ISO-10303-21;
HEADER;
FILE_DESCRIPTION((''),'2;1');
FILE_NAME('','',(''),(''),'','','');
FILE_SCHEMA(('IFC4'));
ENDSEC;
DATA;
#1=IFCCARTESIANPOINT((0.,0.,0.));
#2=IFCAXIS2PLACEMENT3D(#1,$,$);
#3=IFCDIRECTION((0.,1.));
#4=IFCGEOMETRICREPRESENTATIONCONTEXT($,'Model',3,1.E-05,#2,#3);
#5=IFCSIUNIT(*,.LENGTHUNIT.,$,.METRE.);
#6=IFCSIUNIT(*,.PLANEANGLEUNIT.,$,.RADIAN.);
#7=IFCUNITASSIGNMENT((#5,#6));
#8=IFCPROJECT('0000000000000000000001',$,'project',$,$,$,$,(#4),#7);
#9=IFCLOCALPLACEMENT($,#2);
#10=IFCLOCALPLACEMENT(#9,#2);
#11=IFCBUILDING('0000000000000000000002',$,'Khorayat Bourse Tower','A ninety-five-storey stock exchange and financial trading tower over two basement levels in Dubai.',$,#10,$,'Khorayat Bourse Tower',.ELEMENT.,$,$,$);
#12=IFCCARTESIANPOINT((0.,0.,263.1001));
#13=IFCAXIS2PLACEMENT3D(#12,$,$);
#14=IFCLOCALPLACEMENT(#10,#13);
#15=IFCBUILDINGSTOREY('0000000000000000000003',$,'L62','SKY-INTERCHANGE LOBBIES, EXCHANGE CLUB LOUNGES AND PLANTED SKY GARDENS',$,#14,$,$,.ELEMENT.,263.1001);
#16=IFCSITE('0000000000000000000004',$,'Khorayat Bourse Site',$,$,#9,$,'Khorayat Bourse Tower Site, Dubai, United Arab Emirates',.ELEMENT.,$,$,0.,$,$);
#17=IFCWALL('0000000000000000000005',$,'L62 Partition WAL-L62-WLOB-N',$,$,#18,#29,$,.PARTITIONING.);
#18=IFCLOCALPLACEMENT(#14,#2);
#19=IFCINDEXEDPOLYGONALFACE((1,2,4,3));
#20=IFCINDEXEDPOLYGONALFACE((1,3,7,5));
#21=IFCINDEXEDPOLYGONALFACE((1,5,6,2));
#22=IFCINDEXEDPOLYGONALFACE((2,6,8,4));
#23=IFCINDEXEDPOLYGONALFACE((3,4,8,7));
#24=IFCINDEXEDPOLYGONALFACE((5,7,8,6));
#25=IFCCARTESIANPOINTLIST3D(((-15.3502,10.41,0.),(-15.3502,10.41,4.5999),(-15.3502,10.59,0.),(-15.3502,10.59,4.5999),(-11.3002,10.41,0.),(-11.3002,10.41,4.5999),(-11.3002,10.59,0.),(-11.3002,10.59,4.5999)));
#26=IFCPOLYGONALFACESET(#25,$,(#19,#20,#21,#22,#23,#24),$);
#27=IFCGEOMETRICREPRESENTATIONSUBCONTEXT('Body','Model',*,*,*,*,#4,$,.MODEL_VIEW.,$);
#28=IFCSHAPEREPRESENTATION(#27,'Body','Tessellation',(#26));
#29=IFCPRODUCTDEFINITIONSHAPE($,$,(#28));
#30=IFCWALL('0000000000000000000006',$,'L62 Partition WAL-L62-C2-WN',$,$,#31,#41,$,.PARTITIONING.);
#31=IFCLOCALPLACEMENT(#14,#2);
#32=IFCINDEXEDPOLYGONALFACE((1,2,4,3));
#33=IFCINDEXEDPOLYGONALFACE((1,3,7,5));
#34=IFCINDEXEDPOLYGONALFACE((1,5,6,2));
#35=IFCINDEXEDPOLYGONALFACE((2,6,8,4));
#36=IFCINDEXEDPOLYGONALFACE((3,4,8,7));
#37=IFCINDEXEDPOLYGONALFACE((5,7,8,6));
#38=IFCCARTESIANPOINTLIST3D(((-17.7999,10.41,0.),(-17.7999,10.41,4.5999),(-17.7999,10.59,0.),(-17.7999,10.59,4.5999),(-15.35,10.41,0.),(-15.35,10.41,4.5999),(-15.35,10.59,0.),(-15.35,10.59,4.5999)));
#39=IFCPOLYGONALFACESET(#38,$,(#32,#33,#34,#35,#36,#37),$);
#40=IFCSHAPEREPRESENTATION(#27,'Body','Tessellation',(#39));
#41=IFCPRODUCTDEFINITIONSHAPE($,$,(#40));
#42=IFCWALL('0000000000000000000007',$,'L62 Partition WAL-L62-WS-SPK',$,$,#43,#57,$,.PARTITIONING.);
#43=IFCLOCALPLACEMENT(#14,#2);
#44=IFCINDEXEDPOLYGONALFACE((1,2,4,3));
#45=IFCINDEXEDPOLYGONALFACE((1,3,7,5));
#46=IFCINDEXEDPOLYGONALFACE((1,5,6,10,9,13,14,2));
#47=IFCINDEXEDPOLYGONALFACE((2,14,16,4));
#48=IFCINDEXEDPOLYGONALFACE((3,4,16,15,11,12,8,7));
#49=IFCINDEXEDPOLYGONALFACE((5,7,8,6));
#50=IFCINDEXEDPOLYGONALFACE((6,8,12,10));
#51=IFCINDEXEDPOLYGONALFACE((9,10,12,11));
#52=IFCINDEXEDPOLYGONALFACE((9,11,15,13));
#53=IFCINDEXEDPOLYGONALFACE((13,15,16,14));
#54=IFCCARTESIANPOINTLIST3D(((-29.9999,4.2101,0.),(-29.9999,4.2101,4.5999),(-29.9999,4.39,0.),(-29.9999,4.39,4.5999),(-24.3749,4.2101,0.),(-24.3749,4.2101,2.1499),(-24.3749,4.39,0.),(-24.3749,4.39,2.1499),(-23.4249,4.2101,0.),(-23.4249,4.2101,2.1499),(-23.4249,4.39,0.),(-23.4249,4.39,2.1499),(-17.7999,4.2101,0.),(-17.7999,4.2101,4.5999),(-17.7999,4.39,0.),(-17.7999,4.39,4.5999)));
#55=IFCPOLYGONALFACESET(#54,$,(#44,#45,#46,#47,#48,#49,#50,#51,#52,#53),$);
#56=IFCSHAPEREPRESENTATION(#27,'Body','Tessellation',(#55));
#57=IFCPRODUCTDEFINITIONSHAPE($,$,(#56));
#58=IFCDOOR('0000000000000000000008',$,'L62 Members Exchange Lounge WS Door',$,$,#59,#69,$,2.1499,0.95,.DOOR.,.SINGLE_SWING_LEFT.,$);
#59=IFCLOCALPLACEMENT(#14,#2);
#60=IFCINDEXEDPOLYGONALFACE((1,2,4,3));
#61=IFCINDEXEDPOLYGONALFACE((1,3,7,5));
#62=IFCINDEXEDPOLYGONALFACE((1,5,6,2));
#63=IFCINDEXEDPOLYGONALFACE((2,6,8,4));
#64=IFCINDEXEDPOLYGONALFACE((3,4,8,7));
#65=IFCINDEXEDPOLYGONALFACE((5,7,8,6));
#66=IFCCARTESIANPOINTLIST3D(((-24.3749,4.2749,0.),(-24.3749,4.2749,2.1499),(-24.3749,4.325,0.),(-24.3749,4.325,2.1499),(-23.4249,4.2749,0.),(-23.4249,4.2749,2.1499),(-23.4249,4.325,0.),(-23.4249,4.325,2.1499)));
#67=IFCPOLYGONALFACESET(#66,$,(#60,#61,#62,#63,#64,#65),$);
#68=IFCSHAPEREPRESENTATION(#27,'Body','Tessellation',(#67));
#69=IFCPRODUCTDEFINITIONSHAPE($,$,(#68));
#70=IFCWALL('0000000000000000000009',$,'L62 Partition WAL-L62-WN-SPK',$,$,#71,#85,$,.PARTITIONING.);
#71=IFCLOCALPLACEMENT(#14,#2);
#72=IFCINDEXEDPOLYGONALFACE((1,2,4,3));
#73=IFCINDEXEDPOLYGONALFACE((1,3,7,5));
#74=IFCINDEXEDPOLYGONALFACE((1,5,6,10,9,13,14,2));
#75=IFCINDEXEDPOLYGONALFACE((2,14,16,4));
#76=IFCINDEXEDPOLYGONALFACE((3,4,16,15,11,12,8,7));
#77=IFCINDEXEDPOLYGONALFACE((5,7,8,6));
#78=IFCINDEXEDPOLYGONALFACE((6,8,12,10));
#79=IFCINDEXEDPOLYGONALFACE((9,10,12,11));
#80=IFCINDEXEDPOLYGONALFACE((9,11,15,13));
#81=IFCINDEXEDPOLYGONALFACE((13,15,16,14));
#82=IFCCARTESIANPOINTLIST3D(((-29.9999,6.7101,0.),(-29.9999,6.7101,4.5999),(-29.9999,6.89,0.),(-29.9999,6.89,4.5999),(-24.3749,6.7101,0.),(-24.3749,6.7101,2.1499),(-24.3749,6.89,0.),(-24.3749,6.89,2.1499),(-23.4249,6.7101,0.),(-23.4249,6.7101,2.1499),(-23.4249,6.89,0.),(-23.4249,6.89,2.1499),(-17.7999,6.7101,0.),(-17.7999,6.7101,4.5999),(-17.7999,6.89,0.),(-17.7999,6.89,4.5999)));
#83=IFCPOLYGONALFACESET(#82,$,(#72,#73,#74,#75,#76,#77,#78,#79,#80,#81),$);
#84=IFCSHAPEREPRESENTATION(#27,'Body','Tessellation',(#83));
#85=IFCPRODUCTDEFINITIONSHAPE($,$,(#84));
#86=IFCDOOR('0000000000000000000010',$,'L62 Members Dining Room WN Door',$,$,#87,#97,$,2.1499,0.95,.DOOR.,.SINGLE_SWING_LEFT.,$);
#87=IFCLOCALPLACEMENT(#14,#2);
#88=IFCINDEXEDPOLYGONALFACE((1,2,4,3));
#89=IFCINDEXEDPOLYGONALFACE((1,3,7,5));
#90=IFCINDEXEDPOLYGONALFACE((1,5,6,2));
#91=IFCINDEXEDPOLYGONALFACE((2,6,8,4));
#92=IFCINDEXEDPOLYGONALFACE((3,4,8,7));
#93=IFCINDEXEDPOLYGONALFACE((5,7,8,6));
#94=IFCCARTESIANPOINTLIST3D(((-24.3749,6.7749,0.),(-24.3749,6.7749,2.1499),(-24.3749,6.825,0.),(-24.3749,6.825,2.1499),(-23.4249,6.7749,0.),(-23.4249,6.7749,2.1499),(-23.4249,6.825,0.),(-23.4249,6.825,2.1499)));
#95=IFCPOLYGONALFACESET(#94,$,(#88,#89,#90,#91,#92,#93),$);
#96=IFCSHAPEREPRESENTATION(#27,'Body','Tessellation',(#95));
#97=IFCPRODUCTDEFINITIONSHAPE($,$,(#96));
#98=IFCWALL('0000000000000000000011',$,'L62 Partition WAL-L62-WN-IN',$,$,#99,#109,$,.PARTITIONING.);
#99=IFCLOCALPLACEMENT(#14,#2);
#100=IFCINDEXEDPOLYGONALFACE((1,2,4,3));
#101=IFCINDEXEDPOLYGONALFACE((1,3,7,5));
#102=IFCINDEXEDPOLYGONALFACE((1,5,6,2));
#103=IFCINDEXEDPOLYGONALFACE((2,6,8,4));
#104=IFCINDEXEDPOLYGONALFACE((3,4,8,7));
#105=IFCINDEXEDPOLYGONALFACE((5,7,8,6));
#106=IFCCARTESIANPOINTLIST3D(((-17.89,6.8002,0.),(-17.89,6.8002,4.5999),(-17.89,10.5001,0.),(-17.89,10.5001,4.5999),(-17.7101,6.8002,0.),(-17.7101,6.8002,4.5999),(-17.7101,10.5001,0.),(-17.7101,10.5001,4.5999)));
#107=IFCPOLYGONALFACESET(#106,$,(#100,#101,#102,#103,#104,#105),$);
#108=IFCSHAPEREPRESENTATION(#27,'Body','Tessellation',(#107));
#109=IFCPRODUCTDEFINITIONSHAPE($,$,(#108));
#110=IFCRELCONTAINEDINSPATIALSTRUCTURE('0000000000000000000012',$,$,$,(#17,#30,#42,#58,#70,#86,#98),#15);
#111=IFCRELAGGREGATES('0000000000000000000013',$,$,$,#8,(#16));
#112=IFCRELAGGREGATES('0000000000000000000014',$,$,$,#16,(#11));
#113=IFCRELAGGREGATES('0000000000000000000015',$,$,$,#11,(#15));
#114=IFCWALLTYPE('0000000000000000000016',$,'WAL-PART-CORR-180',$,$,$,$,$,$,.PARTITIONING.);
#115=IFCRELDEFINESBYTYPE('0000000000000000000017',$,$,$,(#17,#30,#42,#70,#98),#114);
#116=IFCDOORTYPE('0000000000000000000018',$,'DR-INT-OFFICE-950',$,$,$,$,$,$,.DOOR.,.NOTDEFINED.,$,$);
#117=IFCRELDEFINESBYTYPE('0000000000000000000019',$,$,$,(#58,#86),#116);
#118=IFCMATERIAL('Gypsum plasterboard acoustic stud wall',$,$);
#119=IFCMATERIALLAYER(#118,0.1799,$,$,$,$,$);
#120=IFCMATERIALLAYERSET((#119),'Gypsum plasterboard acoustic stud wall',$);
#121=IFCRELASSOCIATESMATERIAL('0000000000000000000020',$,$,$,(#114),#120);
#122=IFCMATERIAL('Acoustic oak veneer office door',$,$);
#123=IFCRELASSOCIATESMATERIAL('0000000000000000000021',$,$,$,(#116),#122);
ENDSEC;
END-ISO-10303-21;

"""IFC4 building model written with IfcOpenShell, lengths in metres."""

from ifc_helpers import new_model, si_unit, direction, frame, frame_2d, origin, place, context, subcontext, project, spatial, rectangle, extrude, source, transform, mapped, material, layer, layer_set, type_object, element, fill, save


model = new_model("IFC4")

# Units and contexts
model_context = context("Model", 3, precision=1e-05, world=origin(), true_north=direction((0.0, 1.0)))
body_context = subcontext(model_context, "Body", "Model", "MODEL_VIEW")
ifc_project = project(units=[si_unit("LENGTHUNIT", "METRE"), si_unit("PLANEANGLEUNIT", "RADIAN")], contexts=[model_context])

# Site, building, storey
site_placement = place(None, origin())
site = spatial("IfcSite", under=ifc_project, at=site_placement, Name="Khorayat Bourse Site", LongName="Khorayat Bourse Tower Site, Dubai, United Arab Emirates", CompositionType="ELEMENT", RefElevation=0.0)
building_placement = place(site_placement, origin())
building = spatial("IfcBuilding", under=site, at=building_placement, Name="Khorayat Bourse Tower", Description="A ninety-five-storey stock exchange and financial trading tower over two basement levels in Dubai.", LongName="Khorayat Bourse Tower", CompositionType="ELEMENT")
storey_placement = place(building_placement, frame((0.0, 0.0, 263.1001)))
storey = spatial("IfcBuildingStorey", under=building, at=storey_placement, Name="L62", Description="SKY-INTERCHANGE LOBBIES, EXCHANGE CLUB LOUNGES AND PLANTED SKY GARDENS", CompositionType="ELEMENT", Elevation=263.1001)

# Walls
ifc_material_1 = material(Name="Gypsum plasterboard acoustic stud wall")
ifc_layer_1 = layer(ifc_material_1, 0.1799)
ifc_layer_set_1 = layer_set([ifc_layer_1], Name="Gypsum plasterboard acoustic stud wall")
wall_type = type_object("IfcWallType", Name="WAL-PART-CORR-180", PredefinedType="PARTITIONING", material=ifc_layer_set_1)
shared_shape_1 = source(origin(), body_context, "Body", "SweptSolid", [
    extrude(rectangle(XDim=4.05, YDim=0.1799, at=frame_2d((2.0249, 0.0))), origin(), (0.0, 0.0, 1.0), 4.5999),
])
wall_1_placement = place(storey_placement, frame((-15.3501, 10.5, 0.0), z_axis=(0.0, 0.0, 1.0), x_axis=(1.0, 0.0, 0.0)))
element("IfcWall", 1, at=wall_1_placement, inside=storey, type_object=wall_type, Name="L62 Partition WAL-L62-WLOB-N", PredefinedType="PARTITIONING", context=body_context, shape_type="MappedRepresentation", body=[
    mapped(shared_shape_1, transform((0.0, 0.0, 0.0), scale=1.0)),
])
shared_shape_2 = source(origin(), body_context, "Body", "SweptSolid", [
    extrude(rectangle(XDim=2.45, YDim=0.1799, at=frame_2d((1.2251, 0.0))), origin(), (0.0, 0.0, 1.0), 4.5999),
])
wall_2_placement = place(storey_placement, frame((-17.8, 10.5, 0.0), z_axis=(0.0, 0.0, 1.0), x_axis=(1.0, 0.0, 0.0)))
element("IfcWall", 2, at=wall_2_placement, inside=storey, type_object=wall_type, Name="L62 Partition WAL-L62-C2-WN", PredefinedType="PARTITIONING", context=body_context, shape_type="MappedRepresentation", body=[
    mapped(shared_shape_2, transform((0.0, 0.0, 0.0), scale=1.0)),
])

# Walls, openings, doors
shared_shape_3 = source(origin(), body_context, "Body", "SweptSolid", [
    extrude(rectangle(XDim=12.2, YDim=0.1799, at=frame_2d((6.1001, 0.0))), origin(), (0.0, 0.0, 1.0), 4.5999),
])
wall_3_placement = place(storey_placement, frame((-30.0, 4.3, 0.0), z_axis=(0.0, 0.0, 1.0), x_axis=(1.0, 0.0, 0.0)))
wall_3 = element("IfcWall", 3, at=wall_3_placement, inside=storey, type_object=wall_type, Name="L62 Partition WAL-L62-WS-SPK", PredefinedType="PARTITIONING", context=body_context, shape_type="MappedRepresentation", body=[
    mapped(shared_shape_3, transform((0.0, 0.0, 0.0), scale=1.0)),
])
shared_shape_4 = source(origin(), body_context, "Body", "SweptSolid", [
    extrude(rectangle(XDim=0.95, YDim=2.1499, at=frame_2d((0.4751, 1.075))), frame((0.0, 0.0999, 0.0), z_axis=(0.0, -1.0, 0.0), x_axis=(1.0, 0.0, 0.0)), (0.0, 0.0, 1.0), 0.2),
])
opening_1_placement = place(wall_3_placement, frame((5.625, 0.0, 0.0)))
opening_1 = element("IfcOpeningElement", 4, at=opening_1_placement, cuts=wall_3, PredefinedType="OPENING", context=body_context, shape_type="MappedRepresentation", body=[
    mapped(shared_shape_4, transform((0.0, 0.0, 0.0), scale=1.0)),
])
ifc_material_2 = material(Name="Acoustic oak veneer office door")
door_type = type_object("IfcDoorType", Name="DR-INT-OFFICE-950", OperationType="NOTDEFINED", PredefinedType="DOOR", material=ifc_material_2)
shared_shape_5 = source(origin(), body_context, "Body", "SweptSolid", [
    extrude(rectangle(XDim=0.95, YDim=2.1499, at=frame_2d((0.4751, 1.075))), frame((0.0, 0.0249, 0.0), z_axis=(0.0, -1.0, 0.0), x_axis=(1.0, 0.0, 0.0)), (0.0, 0.0, 1.0), 0.05),
])
door_1_placement = place(opening_1_placement, origin())
door_1 = element("IfcDoor", 5, at=door_1_placement, inside=storey, type_object=door_type, Name="L62 Members Exchange Lounge WS Door", OperationType="SINGLE_SWING_LEFT", OverallHeight=2.1499, OverallWidth=0.95, PredefinedType="DOOR", context=body_context, shape_type="MappedRepresentation", body=[
    mapped(shared_shape_5, transform((0.0, 0.0, 0.0), scale=1.0)),
])
fill(opening_1, door_1)
wall_4_placement = place(storey_placement, frame((-30.0, 6.8, 0.0), z_axis=(0.0, 0.0, 1.0), x_axis=(1.0, 0.0, 0.0)))
wall_4 = element("IfcWall", 6, at=wall_4_placement, inside=storey, type_object=wall_type, Name="L62 Partition WAL-L62-WN-SPK", PredefinedType="PARTITIONING", context=body_context, shape_type="MappedRepresentation", body=[
    mapped(shared_shape_3, transform((0.0, 0.0, 0.0), scale=1.0)),
])
opening_2_placement = place(wall_4_placement, frame((5.625, 0.0, 0.0)))
opening_2 = element("IfcOpeningElement", 7, at=opening_2_placement, cuts=wall_4, PredefinedType="OPENING", context=body_context, shape_type="MappedRepresentation", body=[
    mapped(shared_shape_4, transform((0.0, 0.0, 0.0), scale=1.0)),
])
door_2_placement = place(opening_2_placement, origin())
door_2 = element("IfcDoor", 8, at=door_2_placement, inside=storey, type_object=door_type, Name="L62 Members Dining Room WN Door", OperationType="SINGLE_SWING_LEFT", OverallHeight=2.1499, OverallWidth=0.95, PredefinedType="DOOR", context=body_context, shape_type="MappedRepresentation", body=[
    mapped(shared_shape_5, transform((0.0, 0.0, 0.0), scale=1.0)),
])
fill(opening_2, door_2)

# Wall
shared_shape_6 = source(origin(), body_context, "Body", "SweptSolid", [
    extrude(rectangle(XDim=3.7, YDim=0.1799, at=frame_2d((1.8501, 0.0))), origin(), (0.0, 0.0, 1.0), 4.5999),
])
wall_5_placement = place(storey_placement, frame((-17.8, 6.8, 0.0), z_axis=(0.0, 0.0, 1.0), x_axis=(0.0, 1.0, 0.0)))
element("IfcWall", 9, at=wall_5_placement, inside=storey, type_object=wall_type, Name="L62 Partition WAL-L62-WN-IN", PredefinedType="PARTITIONING", context=body_context, shape_type="MappedRepresentation", body=[
    mapped(shared_shape_6, transform((0.0, 0.0, 0.0), scale=1.0)),
])

save(model, "model.ifc")
